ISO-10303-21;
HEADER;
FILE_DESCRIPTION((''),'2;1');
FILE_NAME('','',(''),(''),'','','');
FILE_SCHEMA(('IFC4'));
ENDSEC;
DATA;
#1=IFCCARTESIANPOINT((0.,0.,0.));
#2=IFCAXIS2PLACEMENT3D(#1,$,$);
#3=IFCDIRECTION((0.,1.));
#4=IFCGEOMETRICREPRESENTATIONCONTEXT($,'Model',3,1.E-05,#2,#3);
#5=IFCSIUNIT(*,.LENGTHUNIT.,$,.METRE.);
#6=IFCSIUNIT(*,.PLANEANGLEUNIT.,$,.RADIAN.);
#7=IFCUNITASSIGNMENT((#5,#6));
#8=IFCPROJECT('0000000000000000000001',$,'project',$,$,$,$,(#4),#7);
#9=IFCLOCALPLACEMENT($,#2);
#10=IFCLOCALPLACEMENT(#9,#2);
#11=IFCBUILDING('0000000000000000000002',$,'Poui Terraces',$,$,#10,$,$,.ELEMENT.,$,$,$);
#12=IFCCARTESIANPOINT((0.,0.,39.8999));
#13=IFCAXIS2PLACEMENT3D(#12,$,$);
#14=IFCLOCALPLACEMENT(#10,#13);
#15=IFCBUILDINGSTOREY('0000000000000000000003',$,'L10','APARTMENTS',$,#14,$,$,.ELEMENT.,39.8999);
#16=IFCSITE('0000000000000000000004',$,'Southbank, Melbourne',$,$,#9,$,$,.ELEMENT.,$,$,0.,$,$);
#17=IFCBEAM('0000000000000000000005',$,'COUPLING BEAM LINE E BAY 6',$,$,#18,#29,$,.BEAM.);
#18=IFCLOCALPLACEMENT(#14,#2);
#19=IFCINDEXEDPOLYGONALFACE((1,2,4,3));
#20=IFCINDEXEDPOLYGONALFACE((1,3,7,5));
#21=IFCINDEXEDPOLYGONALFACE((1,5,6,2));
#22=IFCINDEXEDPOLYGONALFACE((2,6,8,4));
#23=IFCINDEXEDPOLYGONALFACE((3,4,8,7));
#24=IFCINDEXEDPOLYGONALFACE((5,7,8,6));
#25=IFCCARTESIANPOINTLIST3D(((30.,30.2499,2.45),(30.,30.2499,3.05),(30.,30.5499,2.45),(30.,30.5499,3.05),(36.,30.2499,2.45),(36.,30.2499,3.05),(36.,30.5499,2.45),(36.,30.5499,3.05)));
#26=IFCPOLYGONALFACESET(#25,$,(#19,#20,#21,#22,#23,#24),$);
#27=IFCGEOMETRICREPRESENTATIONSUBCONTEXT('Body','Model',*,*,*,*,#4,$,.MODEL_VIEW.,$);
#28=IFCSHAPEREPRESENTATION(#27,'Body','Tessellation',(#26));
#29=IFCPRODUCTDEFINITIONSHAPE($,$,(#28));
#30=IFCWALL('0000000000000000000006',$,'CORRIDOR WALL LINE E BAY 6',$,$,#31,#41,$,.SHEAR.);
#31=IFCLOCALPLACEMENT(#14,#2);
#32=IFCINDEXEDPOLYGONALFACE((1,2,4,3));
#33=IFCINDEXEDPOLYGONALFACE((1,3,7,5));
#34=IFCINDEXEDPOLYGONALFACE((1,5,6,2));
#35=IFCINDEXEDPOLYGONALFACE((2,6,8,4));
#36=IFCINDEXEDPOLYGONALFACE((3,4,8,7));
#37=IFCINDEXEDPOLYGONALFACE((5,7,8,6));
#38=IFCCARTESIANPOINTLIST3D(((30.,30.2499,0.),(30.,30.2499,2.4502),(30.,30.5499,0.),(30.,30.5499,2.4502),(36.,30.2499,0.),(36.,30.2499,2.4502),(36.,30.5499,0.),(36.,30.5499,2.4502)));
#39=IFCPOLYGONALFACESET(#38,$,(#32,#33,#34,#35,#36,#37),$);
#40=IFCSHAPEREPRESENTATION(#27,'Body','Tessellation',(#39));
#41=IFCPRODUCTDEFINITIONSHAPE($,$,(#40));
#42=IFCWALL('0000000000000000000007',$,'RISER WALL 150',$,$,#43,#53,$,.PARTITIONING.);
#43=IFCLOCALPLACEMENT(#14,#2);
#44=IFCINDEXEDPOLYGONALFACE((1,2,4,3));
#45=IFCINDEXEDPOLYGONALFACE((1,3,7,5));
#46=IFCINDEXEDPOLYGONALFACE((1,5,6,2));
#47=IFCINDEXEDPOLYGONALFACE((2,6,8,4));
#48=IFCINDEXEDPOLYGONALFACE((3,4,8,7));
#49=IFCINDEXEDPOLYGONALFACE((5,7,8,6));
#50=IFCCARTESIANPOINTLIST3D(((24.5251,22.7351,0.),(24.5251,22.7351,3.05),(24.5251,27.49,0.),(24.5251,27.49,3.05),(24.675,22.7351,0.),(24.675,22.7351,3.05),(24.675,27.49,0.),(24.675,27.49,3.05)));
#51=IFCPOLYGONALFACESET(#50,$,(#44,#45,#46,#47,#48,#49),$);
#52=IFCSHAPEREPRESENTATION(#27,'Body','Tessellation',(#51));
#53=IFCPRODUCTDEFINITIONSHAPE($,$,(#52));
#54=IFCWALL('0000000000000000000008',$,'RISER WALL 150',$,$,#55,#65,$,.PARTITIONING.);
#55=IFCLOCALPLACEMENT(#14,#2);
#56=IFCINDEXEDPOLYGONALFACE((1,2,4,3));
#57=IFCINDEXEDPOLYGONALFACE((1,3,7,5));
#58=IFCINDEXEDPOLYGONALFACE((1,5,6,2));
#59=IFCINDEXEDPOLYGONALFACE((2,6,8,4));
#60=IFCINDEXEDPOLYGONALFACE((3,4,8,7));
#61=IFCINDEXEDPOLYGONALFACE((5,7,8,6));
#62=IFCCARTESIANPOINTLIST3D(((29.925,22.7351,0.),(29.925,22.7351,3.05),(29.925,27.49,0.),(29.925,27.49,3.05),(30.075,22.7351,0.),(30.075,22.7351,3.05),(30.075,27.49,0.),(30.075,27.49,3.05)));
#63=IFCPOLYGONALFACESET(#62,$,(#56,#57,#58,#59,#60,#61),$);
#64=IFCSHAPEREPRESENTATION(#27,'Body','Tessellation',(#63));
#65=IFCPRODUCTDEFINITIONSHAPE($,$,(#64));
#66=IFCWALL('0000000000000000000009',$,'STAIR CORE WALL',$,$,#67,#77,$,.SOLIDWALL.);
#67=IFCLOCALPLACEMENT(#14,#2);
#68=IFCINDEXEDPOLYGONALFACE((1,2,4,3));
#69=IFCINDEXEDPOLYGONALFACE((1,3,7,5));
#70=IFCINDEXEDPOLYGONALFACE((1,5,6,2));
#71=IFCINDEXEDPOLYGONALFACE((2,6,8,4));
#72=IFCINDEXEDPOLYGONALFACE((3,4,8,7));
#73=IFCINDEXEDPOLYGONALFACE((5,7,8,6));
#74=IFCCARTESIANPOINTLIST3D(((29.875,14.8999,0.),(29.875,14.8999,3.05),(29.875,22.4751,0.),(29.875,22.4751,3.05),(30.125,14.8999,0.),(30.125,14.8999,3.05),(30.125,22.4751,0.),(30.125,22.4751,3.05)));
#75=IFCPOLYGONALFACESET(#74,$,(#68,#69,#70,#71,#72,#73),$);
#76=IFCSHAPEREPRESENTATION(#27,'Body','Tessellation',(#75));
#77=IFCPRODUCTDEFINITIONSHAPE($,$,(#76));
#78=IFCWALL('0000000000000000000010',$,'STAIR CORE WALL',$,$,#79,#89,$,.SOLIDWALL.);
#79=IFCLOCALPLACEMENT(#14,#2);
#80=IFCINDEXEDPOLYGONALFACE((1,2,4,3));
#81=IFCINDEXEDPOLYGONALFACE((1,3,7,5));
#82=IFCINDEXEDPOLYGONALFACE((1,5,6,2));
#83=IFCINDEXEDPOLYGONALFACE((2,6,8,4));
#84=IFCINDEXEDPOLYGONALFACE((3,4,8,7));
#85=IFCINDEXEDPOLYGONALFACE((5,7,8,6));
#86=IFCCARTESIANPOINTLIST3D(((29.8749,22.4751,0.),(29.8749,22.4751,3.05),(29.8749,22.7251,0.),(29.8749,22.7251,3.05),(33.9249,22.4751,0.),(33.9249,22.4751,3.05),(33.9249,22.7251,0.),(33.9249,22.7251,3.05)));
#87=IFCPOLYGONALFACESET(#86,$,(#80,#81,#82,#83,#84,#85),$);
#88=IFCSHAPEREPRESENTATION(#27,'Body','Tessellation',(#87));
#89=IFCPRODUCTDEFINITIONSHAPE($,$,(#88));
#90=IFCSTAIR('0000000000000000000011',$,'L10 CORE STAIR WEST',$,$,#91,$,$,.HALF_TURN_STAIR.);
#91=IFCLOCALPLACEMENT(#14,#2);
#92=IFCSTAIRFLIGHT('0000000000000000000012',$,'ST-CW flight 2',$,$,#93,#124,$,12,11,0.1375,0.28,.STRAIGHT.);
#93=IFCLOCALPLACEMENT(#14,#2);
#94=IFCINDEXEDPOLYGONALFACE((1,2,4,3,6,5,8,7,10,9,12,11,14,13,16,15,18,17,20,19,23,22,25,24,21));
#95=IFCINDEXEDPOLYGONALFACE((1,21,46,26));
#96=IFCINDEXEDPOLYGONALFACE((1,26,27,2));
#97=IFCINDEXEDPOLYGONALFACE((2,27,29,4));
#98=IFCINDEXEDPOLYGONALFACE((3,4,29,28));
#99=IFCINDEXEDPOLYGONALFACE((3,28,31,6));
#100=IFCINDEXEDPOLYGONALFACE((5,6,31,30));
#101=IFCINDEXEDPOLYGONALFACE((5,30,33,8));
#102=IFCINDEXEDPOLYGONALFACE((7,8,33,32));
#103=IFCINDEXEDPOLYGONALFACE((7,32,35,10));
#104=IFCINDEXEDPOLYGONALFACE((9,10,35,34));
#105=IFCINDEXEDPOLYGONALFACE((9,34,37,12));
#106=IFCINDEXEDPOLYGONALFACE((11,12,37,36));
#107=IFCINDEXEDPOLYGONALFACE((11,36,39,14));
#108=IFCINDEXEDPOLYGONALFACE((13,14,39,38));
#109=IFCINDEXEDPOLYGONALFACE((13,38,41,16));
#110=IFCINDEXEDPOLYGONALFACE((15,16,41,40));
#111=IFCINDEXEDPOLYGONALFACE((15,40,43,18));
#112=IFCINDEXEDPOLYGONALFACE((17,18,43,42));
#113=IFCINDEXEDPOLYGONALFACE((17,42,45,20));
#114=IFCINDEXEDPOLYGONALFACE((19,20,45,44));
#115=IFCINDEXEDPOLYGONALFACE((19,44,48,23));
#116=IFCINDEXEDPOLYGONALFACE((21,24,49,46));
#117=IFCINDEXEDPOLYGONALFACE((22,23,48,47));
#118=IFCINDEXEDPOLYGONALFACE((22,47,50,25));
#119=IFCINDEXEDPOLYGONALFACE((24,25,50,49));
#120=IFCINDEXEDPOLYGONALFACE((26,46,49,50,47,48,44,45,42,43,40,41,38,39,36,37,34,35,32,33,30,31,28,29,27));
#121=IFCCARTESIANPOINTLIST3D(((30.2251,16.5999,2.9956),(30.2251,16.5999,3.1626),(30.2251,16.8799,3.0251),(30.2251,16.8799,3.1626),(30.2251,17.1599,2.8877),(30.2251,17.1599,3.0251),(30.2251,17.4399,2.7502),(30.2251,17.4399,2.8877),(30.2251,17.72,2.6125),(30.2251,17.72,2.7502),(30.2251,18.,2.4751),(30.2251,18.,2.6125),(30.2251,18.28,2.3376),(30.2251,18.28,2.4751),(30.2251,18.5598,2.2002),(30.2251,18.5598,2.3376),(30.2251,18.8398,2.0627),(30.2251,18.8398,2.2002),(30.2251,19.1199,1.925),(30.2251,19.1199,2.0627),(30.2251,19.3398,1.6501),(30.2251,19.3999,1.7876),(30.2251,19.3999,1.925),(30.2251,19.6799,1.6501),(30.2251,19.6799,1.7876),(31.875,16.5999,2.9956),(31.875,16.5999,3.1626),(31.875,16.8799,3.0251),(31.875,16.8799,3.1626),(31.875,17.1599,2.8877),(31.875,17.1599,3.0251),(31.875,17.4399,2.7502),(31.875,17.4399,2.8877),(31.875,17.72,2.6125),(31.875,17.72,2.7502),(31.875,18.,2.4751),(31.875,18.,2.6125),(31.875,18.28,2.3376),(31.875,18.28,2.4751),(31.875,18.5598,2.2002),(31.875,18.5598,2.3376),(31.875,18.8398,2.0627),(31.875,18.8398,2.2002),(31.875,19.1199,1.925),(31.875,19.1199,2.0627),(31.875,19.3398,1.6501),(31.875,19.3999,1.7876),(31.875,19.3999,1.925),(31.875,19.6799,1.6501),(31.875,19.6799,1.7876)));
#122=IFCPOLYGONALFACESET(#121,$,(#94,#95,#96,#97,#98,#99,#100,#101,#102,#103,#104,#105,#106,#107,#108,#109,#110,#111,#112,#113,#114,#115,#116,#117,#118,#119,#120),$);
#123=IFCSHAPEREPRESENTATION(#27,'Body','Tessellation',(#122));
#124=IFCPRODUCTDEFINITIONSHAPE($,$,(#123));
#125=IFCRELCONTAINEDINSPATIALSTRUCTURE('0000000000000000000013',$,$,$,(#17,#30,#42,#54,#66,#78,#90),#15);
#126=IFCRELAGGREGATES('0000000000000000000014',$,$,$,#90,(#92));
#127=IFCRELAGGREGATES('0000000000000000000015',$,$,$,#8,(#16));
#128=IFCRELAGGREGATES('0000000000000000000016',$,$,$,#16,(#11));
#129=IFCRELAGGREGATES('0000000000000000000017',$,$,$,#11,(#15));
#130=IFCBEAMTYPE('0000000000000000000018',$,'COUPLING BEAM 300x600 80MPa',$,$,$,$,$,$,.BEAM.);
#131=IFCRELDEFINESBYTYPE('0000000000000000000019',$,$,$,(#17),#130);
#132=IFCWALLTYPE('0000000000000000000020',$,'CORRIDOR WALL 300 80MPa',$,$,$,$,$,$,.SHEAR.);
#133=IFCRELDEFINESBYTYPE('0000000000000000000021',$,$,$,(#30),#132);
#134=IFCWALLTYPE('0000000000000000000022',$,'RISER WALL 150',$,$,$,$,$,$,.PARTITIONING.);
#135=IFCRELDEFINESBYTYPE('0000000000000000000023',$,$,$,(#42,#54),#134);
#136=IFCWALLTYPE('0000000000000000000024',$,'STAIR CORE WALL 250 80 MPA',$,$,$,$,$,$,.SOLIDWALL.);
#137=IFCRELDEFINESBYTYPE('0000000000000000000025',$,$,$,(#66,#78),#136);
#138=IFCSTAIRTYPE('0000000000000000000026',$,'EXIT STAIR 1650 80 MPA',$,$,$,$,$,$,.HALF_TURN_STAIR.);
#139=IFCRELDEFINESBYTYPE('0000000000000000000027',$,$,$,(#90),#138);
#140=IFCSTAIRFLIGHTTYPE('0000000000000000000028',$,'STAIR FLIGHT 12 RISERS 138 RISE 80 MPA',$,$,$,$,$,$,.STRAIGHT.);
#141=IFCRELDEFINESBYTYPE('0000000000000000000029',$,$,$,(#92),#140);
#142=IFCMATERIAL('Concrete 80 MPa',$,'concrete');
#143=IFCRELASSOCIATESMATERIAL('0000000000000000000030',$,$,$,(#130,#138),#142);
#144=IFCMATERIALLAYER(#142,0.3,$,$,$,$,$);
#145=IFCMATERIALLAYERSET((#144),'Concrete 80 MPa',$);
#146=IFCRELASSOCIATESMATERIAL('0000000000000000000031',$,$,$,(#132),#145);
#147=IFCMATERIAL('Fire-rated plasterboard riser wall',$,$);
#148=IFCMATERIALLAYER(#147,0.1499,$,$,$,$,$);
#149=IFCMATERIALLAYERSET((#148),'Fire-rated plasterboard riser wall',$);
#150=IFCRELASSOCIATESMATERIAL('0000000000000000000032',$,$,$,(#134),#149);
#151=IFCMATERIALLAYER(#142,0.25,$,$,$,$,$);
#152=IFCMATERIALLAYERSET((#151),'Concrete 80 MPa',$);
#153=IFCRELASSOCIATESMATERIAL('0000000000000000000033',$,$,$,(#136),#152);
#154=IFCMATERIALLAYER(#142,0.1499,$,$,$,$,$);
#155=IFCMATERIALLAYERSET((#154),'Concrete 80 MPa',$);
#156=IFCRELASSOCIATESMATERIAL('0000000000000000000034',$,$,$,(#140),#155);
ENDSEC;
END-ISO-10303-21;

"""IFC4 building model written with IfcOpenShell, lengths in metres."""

from ifc_helpers import new_model, si_unit, direction, frame, frame_2d, origin, origin_2d, place, context, subcontext, project, spatial, polyline, rectangle, outline, extrude, source, transform, mapped, material, layer, layer_set, material_profile, profile_set, type_object, element, aggregate, save


model = new_model("IFC4")

# Units and contexts
model_context = context("Model", 3, precision=1e-05, world=origin(), true_north=direction((0.0, 1.0)))
body_context = subcontext(model_context, "Body", "Model", "MODEL_VIEW")
ifc_project = project(units=[si_unit("LENGTHUNIT", "METRE"), si_unit("PLANEANGLEUNIT", "RADIAN")], contexts=[model_context])

# Site, building, storey
site_placement = place(None, origin())
site = spatial("IfcSite", under=ifc_project, at=site_placement, Name="Southbank, Melbourne", CompositionType="ELEMENT", RefElevation=0.0)
building_placement = place(site_placement, origin())
building = spatial("IfcBuilding", under=site, at=building_placement, Name="Poui Terraces", CompositionType="ELEMENT")
storey_placement = place(building_placement, frame((0.0, 0.0, 39.8999)))
storey = spatial("IfcBuildingStorey", under=building, at=storey_placement, Name="L10", Description="APARTMENTS", CompositionType="ELEMENT", Elevation=39.8999)

# Beam
ifc_material_1 = material(Name="Concrete 80 MPa", Category="concrete")
ifc_material_profile = material_profile(ifc_material_1, rectangle(XDim=0.3, YDim=0.6001, at=origin_2d()), Name="RC 300x600")
ifc_profile_set = profile_set([ifc_material_profile], Name="Concrete 80 MPa")
beam_type = type_object("IfcBeamType", Name="COUPLING BEAM 300x600 80MPa", PredefinedType="BEAM", material=ifc_profile_set)
shared_shape = source(origin(), body_context, "Body", "SweptSolid", [
    extrude(rectangle(XDim=0.3, YDim=0.6001, at=origin_2d()), origin(), (0.0, 0.0, 1.0), 6.0),
])
beam_placement = place(storey_placement, frame((30.0, 30.3999, 2.75), z_axis=(1.0, 0.0, 0.0), x_axis=(0.0, 1.0, 0.0)))
element("IfcBeam", 1, at=beam_placement, inside=storey, type_object=beam_type, Name="COUPLING BEAM LINE E BAY 6", PredefinedType="BEAM", context=body_context, shape_type="MappedRepresentation", body=[
    mapped(shared_shape, transform((0.0, 0.0, 0.0))),
])

# Walls
ifc_layer_1 = layer(ifc_material_1, 0.3)
ifc_layer_set_1 = layer_set([ifc_layer_1], Name="Concrete 80 MPa")
wall_type_1 = type_object("IfcWallType", Name="CORRIDOR WALL 300 80MPa", PredefinedType="SHEAR", material=ifc_layer_set_1)
wall_1_placement = place(storey_placement, frame((30.0, 30.3999, 0.0), z_axis=(0.0, 0.0, 1.0), x_axis=(1.0, 0.0, 0.0)))
element("IfcWall", 2, at=wall_1_placement, inside=storey, type_object=wall_type_1, Name="CORRIDOR WALL LINE E BAY 6", PredefinedType="SHEAR", context=body_context, shape_type="SweptSolid", body=[
    extrude(rectangle(XDim=6.0, YDim=0.3, at=frame_2d((3.0, 0.0))), origin(), (0.0, 0.0, 1.0), 2.4502),
])
ifc_material_2 = material(Name="Fire-rated plasterboard riser wall")
ifc_layer_2 = layer(ifc_material_2, 0.1499)
ifc_layer_set_2 = layer_set([ifc_layer_2], Name="Fire-rated plasterboard riser wall")
wall_type_2 = type_object("IfcWallType", Name="RISER WALL 150", PredefinedType="PARTITIONING", material=ifc_layer_set_2)
for number, where, z_axis, x_axis, name in (
    (3, (24.6001, 22.7351, 0.0), (0.0, 0.0, 1.0), (0.0, 1.0, 0.0), "RISER WALL 150"),
    (4, (30.0, 22.7351, 0.0), (0.0, 0.0, 1.0), (0.0, 1.0, 0.0), "RISER WALL 150"),
):
    element("IfcWall", number, at=place(storey_placement, frame(where, z_axis=z_axis, x_axis=x_axis)), inside=storey, type_object=wall_type_2, Name=name, PredefinedType="PARTITIONING", context=body_context, shape_type="SweptSolid", body=[
        extrude(rectangle(XDim=4.7549, YDim=0.1499, at=frame_2d((2.3774, 0.0))), origin(), (0.0, 0.0, 1.0), 3.05),
    ])
ifc_layer_3 = layer(ifc_material_1, 0.25)
ifc_layer_set_3 = layer_set([ifc_layer_3], Name="Concrete 80 MPa")
wall_type_3 = type_object("IfcWallType", Name="STAIR CORE WALL 250 80 MPA", PredefinedType="SOLIDWALL", material=ifc_layer_set_3)
wall_2_placement = place(storey_placement, frame((30.0, 14.8999, 0.0), z_axis=(0.0, 0.0, 1.0), x_axis=(0.0, 1.0, 0.0)))
element("IfcWall", 5, at=wall_2_placement, inside=storey, type_object=wall_type_3, Name="STAIR CORE WALL", PredefinedType="SOLIDWALL", context=body_context, shape_type="SweptSolid", body=[
    extrude(rectangle(XDim=7.5752, YDim=0.25, at=frame_2d((3.7876, 0.0))), origin(), (0.0, 0.0, 1.0), 3.05),
])
wall_3_placement = place(storey_placement, frame((29.875, 22.6001, 0.0), z_axis=(0.0, 0.0, 1.0), x_axis=(1.0, 0.0, 0.0)))
element("IfcWall", 6, at=wall_3_placement, inside=storey, type_object=wall_type_3, Name="STAIR CORE WALL", PredefinedType="SOLIDWALL", context=body_context, shape_type="SweptSolid", body=[
    extrude(rectangle(XDim=4.05, YDim=0.25, at=frame_2d((2.0249, 0.0))), origin(), (0.0, 0.0, 1.0), 3.05),
])

# Stair, stair flight
stair_type = type_object("IfcStairType", Name="EXIT STAIR 1650 80 MPA", PredefinedType="HALF_TURN_STAIR", material=ifc_material_1)
stair_placement = place(storey_placement, origin())
stair = element("IfcStair", 7, at=stair_placement, inside=storey, type_object=stair_type, Name="L10 CORE STAIR WEST", PredefinedType="HALF_TURN_STAIR")
ifc_layer_4 = layer(ifc_material_1, 0.1499)
ifc_layer_set_4 = layer_set([ifc_layer_4], Name="Concrete 80 MPa")
stair_flight_type = type_object("IfcStairFlightType", Name="STAIR FLIGHT 12 RISERS 138 RISE 80 MPA", PredefinedType="STRAIGHT", material=ifc_layer_set_4)
stair_flight_placement = place(storey_placement, frame((31.05, 19.6799, 1.6501), z_axis=(0.0, 0.0, 1.0), x_axis=(0.0, -1.0, 0.0)))
stair_flight = element("IfcStairFlight", 8, at=stair_flight_placement, type_object=stair_flight_type, Name="ST-CW flight 2", NumberOfRisers=12, NumberOfTreads=11, PredefinedType="STRAIGHT", RiserHeight=0.1375, TreadLength=0.28, context=body_context, shape_type="SweptSolid", body=[
    extrude(outline(polyline([(0.0, 0.0), (0.0, 0.1375), (0.28, 0.1375), (0.28, 0.2749), (0.5601, 0.2749), (0.5601, 0.4126), (0.8401, 0.4126), (0.8401, 0.55), (1.1201, 0.55), (1.1201, 0.6875), (1.3999, 0.6875), (1.3999, 0.825), (1.6799, 0.825), (1.6799, 0.9624), (1.96, 0.9624), (1.96, 1.1001), (2.24, 1.1001), (2.24, 1.2375), (2.52, 1.2375), (2.52, 1.375), (2.8, 1.375), (2.8, 1.5125), (3.0801, 1.5125), (3.0801, 1.6499), (3.0801, 1.3455), (0.3401, 0.0), (0.0, 0.0)])), frame((0.0, 0.825, 0.0), z_axis=(0.0, -1.0, 0.0), x_axis=(1.0, 0.0, 0.0)), (0.0, 0.0, 1.0), 1.6499),
])
aggregate(stair, [stair_flight])

save(model, "model.ifc")
